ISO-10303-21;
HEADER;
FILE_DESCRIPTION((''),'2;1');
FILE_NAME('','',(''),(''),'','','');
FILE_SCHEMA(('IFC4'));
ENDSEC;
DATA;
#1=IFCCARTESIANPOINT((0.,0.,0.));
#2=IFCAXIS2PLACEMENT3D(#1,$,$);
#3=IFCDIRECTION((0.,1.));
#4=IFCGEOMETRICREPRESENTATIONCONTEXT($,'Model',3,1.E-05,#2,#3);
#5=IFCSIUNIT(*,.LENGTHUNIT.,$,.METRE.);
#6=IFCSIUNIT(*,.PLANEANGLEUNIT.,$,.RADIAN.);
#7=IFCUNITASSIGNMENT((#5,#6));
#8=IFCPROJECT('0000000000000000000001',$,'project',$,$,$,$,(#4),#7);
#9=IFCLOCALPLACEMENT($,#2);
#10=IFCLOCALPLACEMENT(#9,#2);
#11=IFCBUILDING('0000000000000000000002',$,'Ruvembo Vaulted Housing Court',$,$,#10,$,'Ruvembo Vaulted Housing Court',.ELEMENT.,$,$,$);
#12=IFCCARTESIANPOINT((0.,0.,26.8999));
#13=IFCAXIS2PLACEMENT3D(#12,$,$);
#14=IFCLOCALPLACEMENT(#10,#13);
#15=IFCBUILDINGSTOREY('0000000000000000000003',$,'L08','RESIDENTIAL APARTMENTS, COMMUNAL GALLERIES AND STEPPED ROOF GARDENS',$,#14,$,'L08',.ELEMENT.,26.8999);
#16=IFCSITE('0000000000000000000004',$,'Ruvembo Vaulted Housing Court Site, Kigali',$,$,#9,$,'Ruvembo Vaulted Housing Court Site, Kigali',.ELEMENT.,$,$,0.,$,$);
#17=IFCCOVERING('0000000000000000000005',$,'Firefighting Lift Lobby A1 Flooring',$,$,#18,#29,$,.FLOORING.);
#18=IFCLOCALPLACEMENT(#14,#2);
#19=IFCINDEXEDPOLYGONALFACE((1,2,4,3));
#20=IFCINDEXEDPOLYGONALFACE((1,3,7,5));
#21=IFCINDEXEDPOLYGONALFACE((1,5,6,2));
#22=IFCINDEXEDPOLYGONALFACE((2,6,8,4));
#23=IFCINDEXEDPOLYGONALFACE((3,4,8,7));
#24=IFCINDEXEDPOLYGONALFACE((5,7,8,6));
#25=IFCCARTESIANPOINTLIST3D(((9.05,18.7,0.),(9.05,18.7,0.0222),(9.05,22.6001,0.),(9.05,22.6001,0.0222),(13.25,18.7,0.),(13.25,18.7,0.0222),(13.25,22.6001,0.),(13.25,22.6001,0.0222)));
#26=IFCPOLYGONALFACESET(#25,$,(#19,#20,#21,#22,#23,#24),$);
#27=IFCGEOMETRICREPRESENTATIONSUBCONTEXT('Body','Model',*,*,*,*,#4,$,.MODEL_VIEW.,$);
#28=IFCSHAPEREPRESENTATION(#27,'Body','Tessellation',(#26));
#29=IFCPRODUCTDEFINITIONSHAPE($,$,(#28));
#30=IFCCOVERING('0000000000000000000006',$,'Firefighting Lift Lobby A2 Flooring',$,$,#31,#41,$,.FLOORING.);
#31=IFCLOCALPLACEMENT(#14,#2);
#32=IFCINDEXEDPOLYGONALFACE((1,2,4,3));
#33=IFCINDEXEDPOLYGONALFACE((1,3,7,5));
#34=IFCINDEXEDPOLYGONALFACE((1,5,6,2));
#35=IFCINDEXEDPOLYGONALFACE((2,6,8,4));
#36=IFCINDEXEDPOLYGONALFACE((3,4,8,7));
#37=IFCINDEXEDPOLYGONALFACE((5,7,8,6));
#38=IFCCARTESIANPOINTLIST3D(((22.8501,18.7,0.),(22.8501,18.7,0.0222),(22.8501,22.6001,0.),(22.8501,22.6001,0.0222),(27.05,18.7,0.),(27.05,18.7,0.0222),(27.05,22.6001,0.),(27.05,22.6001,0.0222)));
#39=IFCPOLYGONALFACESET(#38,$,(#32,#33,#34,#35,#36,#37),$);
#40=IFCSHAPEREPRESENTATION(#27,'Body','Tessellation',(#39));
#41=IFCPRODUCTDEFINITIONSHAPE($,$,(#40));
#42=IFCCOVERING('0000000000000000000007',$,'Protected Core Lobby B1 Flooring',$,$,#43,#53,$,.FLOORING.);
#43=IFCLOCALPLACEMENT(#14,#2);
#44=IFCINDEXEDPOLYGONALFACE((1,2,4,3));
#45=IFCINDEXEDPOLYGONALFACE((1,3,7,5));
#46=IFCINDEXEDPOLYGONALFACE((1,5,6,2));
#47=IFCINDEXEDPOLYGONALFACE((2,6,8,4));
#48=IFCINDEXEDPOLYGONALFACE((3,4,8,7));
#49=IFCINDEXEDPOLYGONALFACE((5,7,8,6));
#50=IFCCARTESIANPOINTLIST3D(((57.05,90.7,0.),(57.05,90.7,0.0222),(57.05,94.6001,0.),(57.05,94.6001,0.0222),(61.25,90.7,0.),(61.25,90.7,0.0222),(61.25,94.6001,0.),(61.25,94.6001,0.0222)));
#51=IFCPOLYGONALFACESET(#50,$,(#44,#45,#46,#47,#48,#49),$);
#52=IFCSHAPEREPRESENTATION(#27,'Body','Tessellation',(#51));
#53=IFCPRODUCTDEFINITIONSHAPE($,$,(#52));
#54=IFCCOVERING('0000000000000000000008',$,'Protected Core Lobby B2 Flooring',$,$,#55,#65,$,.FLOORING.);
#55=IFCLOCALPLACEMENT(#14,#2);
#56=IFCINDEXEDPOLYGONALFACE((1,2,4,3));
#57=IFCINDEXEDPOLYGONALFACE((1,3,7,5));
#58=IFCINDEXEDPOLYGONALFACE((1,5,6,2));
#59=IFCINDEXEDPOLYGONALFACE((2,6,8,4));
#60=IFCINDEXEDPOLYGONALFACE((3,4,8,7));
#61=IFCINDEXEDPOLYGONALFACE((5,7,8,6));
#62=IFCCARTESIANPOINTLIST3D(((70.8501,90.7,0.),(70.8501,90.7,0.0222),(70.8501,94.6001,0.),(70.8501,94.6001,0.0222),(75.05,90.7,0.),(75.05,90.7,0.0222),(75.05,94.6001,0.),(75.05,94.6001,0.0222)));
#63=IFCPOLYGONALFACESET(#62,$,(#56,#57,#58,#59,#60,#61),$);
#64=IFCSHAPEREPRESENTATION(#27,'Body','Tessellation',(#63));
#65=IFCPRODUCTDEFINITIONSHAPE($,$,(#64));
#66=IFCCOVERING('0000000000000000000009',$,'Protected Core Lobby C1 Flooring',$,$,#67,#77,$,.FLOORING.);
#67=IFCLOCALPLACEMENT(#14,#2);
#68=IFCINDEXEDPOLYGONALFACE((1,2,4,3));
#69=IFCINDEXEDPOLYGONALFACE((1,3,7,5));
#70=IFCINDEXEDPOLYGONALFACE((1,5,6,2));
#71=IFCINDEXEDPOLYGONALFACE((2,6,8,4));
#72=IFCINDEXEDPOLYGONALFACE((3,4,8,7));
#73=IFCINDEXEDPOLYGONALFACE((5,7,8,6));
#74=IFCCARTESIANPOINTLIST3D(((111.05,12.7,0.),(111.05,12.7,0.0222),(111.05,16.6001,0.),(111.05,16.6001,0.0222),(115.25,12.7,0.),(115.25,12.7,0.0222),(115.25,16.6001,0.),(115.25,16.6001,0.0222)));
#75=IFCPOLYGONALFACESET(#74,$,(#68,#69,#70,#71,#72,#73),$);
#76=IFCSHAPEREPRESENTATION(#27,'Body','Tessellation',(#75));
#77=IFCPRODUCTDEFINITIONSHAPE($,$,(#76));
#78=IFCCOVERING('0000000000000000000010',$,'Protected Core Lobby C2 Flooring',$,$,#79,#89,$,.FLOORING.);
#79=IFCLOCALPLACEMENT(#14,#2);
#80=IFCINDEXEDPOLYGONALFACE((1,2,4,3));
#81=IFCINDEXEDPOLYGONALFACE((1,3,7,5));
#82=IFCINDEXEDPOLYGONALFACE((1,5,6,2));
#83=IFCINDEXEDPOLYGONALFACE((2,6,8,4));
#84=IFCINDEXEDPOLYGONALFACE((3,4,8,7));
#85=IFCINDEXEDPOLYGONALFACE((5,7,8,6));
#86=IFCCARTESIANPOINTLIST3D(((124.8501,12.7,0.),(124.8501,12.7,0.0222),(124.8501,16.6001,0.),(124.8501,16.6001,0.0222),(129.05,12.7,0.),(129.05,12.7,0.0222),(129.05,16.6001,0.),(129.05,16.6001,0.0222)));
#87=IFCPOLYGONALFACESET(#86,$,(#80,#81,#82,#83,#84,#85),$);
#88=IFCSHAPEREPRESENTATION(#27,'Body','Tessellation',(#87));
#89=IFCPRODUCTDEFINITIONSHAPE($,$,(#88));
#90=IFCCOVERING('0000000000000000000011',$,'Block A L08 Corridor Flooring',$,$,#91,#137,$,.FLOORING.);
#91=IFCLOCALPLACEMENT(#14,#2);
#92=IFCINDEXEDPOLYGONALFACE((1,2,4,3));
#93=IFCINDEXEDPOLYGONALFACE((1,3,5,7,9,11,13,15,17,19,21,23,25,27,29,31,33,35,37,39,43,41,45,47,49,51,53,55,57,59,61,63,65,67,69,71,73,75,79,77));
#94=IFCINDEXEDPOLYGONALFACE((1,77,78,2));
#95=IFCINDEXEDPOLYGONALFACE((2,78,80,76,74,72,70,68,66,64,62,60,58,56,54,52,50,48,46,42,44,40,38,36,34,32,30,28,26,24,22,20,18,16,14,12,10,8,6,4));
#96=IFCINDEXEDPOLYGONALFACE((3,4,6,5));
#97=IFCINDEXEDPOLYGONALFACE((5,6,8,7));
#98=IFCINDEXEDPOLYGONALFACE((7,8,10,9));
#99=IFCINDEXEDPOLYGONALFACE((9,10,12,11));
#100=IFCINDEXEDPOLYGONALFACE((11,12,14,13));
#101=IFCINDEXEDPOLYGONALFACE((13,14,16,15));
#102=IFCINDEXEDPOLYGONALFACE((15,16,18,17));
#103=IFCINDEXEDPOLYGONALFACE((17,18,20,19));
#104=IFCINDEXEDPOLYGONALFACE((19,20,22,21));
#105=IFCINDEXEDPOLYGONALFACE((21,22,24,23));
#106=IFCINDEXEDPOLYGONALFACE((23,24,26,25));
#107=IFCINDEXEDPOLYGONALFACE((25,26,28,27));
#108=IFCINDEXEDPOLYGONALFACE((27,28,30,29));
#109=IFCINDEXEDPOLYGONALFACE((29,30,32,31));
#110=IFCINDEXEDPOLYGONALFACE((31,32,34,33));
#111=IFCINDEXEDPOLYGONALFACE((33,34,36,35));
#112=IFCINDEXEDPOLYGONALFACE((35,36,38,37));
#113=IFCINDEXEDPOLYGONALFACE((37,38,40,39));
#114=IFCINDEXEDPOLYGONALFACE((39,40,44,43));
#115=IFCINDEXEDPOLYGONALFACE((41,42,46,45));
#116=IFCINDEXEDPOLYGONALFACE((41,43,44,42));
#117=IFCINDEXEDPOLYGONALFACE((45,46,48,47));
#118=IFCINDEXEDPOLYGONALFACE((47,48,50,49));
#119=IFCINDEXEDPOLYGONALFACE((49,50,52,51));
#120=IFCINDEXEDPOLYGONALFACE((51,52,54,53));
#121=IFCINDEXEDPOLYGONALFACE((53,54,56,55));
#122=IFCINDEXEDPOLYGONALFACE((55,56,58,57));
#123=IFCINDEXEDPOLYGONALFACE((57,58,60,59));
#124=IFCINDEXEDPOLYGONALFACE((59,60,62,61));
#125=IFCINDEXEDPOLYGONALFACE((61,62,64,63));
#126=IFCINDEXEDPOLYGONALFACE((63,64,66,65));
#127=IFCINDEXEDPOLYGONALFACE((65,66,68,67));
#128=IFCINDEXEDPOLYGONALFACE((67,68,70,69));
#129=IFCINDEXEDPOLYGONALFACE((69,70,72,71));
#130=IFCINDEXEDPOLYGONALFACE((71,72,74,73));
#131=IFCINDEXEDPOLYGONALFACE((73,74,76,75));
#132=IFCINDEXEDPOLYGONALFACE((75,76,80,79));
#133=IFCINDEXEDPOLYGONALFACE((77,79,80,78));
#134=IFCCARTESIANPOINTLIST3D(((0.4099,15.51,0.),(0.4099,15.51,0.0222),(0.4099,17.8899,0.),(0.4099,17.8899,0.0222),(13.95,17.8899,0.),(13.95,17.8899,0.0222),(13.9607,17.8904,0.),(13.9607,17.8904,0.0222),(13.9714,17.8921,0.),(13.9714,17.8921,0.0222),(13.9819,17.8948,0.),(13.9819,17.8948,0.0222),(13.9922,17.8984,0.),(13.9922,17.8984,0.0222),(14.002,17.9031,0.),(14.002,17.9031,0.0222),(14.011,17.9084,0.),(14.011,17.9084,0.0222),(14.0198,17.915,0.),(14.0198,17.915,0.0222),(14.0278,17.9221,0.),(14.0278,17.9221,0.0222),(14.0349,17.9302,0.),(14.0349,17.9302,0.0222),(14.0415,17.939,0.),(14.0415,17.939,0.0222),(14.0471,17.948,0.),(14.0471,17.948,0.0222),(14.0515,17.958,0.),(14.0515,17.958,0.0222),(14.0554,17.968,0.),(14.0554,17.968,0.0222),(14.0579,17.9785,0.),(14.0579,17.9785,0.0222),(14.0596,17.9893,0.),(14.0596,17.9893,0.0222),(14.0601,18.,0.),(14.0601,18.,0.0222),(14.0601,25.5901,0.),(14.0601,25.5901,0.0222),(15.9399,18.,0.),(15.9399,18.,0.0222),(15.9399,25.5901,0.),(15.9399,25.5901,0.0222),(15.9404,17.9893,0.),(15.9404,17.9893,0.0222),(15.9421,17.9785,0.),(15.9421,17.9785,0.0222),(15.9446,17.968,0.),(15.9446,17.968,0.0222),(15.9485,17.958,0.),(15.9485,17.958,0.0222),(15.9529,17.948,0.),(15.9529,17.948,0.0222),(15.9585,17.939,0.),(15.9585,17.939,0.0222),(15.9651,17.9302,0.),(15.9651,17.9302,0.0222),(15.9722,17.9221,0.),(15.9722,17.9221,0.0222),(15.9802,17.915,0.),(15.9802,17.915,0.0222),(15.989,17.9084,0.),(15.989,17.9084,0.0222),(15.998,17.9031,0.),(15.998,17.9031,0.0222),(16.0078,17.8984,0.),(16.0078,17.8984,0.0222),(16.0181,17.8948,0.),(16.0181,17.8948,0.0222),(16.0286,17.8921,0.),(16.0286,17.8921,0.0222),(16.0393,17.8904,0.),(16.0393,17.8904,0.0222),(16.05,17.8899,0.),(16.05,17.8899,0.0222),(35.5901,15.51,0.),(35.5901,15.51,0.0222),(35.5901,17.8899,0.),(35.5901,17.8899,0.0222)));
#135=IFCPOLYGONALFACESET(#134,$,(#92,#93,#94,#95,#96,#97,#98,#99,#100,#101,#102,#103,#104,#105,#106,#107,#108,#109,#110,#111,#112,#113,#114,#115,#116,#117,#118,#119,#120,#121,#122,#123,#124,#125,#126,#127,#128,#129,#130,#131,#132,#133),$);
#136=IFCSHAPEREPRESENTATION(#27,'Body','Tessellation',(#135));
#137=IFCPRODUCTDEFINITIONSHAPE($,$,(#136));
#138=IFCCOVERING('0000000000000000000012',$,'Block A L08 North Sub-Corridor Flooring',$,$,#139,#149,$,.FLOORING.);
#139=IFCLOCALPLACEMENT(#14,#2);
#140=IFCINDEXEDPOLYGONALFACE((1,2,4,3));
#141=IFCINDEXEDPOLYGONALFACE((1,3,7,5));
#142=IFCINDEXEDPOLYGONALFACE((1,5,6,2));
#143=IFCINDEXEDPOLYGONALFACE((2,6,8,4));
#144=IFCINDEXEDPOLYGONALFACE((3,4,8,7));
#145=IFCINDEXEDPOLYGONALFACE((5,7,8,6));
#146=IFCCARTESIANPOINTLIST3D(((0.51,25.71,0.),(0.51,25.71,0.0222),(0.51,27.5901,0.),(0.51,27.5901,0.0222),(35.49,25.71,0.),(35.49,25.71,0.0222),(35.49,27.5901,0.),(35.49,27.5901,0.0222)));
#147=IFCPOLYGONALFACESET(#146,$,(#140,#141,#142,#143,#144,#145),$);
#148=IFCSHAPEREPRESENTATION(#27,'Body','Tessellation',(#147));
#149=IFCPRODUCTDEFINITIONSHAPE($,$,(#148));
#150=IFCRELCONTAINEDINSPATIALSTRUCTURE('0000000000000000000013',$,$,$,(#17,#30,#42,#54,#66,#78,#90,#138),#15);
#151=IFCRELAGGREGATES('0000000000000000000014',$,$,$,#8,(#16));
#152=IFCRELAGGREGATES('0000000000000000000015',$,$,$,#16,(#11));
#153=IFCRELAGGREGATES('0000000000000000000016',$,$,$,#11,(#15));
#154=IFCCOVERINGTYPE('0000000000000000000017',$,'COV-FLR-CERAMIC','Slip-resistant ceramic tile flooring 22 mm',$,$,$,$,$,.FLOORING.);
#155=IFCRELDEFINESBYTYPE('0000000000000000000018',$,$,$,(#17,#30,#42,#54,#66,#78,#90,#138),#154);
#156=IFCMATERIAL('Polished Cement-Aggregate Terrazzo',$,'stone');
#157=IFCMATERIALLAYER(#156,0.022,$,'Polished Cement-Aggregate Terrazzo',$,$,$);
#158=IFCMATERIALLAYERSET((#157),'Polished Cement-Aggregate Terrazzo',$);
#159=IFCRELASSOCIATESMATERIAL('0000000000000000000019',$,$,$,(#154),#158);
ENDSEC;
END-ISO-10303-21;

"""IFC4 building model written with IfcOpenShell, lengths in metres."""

from ifc_helpers import new_model, si_unit, direction, frame, origin, place, context, subcontext, project, spatial, polyline, outline, extrude, material, layer, layer_set, type_object, element, save


model = new_model("IFC4")

# Units and contexts
model_context = context("Model", 3, precision=1e-05, world=origin(), true_north=direction((0.0, 1.0)))
body_context = subcontext(model_context, "Body", "Model", "MODEL_VIEW")
ifc_project = project(units=[si_unit("LENGTHUNIT", "METRE"), si_unit("PLANEANGLEUNIT", "RADIAN")], contexts=[model_context])

# Site, building, storey
site_placement = place(None, origin())
site = spatial("IfcSite", under=ifc_project, at=site_placement, Name="Ruvembo Vaulted Housing Court Site, Kigali", LongName="Ruvembo Vaulted Housing Court Site, Kigali", CompositionType="ELEMENT", RefElevation=0.0)
building_placement = place(site_placement, origin())
building = spatial("IfcBuilding", under=site, at=building_placement, Name="Ruvembo Vaulted Housing Court", LongName="Ruvembo Vaulted Housing Court", CompositionType="ELEMENT")
storey_placement = place(building_placement, frame((0.0, 0.0, 26.8999)))
storey = spatial("IfcBuildingStorey", under=building, at=storey_placement, Name="L08", Description="RESIDENTIAL APARTMENTS, COMMUNAL GALLERIES AND STEPPED ROOF GARDENS", LongName="L08", CompositionType="ELEMENT", Elevation=26.8999)

# Coverings
ifc_material_1 = material(Name="Polished Cement-Aggregate Terrazzo", Category="stone")
ifc_layer_1 = layer(ifc_material_1, 0.022, Name="Polished Cement-Aggregate Terrazzo")
ifc_layer_set_1 = layer_set([ifc_layer_1], Name="Polished Cement-Aggregate Terrazzo")
covering_type_1 = type_object("IfcCoveringType", Name="COV-FLR-CERAMIC", Description="Slip-resistant ceramic tile flooring 22 mm", PredefinedType="FLOORING", material=ifc_layer_set_1)
covering_1_placement = place(storey_placement, origin())
element("IfcCovering", 1, at=covering_1_placement, inside=storey, type_object=covering_type_1, Name="Firefighting Lift Lobby A1 Flooring", PredefinedType="FLOORING", context=body_context, shape_type="SweptSolid", body=[
    extrude(outline(polyline([(13.25, 22.6001), (9.05, 22.6001), (9.05, 18.7), (13.25, 18.7), (13.25, 22.6001)])), origin(), (0.0, 0.0, 1.0), 0.0222),
])
covering_2_placement = place(storey_placement, origin())
element("IfcCovering", 2, at=covering_2_placement, inside=storey, type_object=covering_type_1, Name="Firefighting Lift Lobby A2 Flooring", PredefinedType="FLOORING", context=body_context, shape_type="SweptSolid", body=[
    extrude(outline(polyline([(27.05, 22.6001), (22.8501, 22.6001), (22.8501, 18.7), (27.05, 18.7), (27.05, 22.6001)])), origin(), (0.0, 0.0, 1.0), 0.0222),
])
covering_3_placement = place(storey_placement, origin())
element("IfcCovering", 3, at=covering_3_placement, inside=storey, type_object=covering_type_1, Name="Protected Core Lobby B1 Flooring", PredefinedType="FLOORING", context=body_context, shape_type="SweptSolid", body=[
    extrude(outline(polyline([(61.25, 94.6001), (57.05, 94.6001), (57.05, 90.7), (61.25, 90.7), (61.25, 94.6001)])), origin(), (0.0, 0.0, 1.0), 0.0222),
])
covering_4_placement = place(storey_placement, origin())
element("IfcCovering", 4, at=covering_4_placement, inside=storey, type_object=covering_type_1, Name="Protected Core Lobby B2 Flooring", PredefinedType="FLOORING", context=body_context, shape_type="SweptSolid", body=[
    extrude(outline(polyline([(75.05, 94.6001), (70.8501, 94.6001), (70.8501, 90.7), (75.05, 90.7), (75.05, 94.6001)])), origin(), (0.0, 0.0, 1.0), 0.0222),
])
covering_5_placement = place(storey_placement, origin())
element("IfcCovering", 5, at=covering_5_placement, inside=storey, type_object=covering_type_1, Name="Protected Core Lobby C1 Flooring", PredefinedType="FLOORING", context=body_context, shape_type="SweptSolid", body=[
    extrude(outline(polyline([(115.25, 16.6001), (111.05, 16.6001), (111.05, 12.7), (115.25, 12.7), (115.25, 16.6001)])), origin(), (0.0, 0.0, 1.0), 0.0222),
])
covering_6_placement = place(storey_placement, origin())
element("IfcCovering", 6, at=covering_6_placement, inside=storey, type_object=covering_type_1, Name="Protected Core Lobby C2 Flooring", PredefinedType="FLOORING", context=body_context, shape_type="SweptSolid", body=[
    extrude(outline(polyline([(129.05, 16.6001), (124.8501, 16.6001), (124.8501, 12.7), (129.05, 12.7), (129.05, 16.6001)])), origin(), (0.0, 0.0, 1.0), 0.0222),
])
covering_7_placement = place(storey_placement, origin())
element("IfcCovering", 7, at=covering_7_placement, inside=storey, type_object=covering_type_1, Name="Block A L08 Corridor Flooring", PredefinedType="FLOORING", context=body_context, shape_type="SweptSolid", body=[
    extrude(outline(polyline([(35.5901, 15.51), (35.5901, 17.8899), (16.05, 17.8899), (16.0393, 17.8904), (16.0286, 17.8921), (16.0181, 17.8948), (16.0078, 17.8984), (15.998, 17.9031), (15.989, 17.9084), (15.9802, 17.915), (15.9722, 17.9221), (15.9651, 17.9302), (15.9585, 17.939), (15.9529, 17.948), (15.9485, 17.958), (15.9446, 17.968), (15.9421, 17.9785), (15.9404, 17.9893), (15.9399, 18.0), (15.9399, 25.5901), (14.0601, 25.5901), (14.0601, 18.0), (14.0596, 17.9893), (14.0579, 17.9785), (14.0554, 17.968), (14.0515, 17.958), (14.0471, 17.948), (14.0415, 17.939), (14.0349, 17.9302), (14.0278, 17.9221), (14.0198, 17.915), (14.011, 17.9084), (14.002, 17.9031), (13.9922, 17.8984), (13.9819, 17.8948), (13.9714, 17.8921), (13.9607, 17.8904), (13.95, 17.8899), (0.4099, 17.8899), (0.4099, 15.51), (35.5901, 15.51)])), origin(), (0.0, 0.0, 1.0), 0.0222),
])
covering_8_placement = place(storey_placement, origin())
element("IfcCovering", 8, at=covering_8_placement, inside=storey, type_object=covering_type_1, Name="Block A L08 North Sub-Corridor Flooring", PredefinedType="FLOORING", context=body_context, shape_type="SweptSolid", body=[
    extrude(outline(polyline([(0.51, 25.71), (35.49, 25.71), (35.49, 27.5901), (0.51, 27.5901), (0.51, 25.71)])), origin(), (0.0, 0.0, 1.0), 0.0222),
])

save(model, "model.ifc")
